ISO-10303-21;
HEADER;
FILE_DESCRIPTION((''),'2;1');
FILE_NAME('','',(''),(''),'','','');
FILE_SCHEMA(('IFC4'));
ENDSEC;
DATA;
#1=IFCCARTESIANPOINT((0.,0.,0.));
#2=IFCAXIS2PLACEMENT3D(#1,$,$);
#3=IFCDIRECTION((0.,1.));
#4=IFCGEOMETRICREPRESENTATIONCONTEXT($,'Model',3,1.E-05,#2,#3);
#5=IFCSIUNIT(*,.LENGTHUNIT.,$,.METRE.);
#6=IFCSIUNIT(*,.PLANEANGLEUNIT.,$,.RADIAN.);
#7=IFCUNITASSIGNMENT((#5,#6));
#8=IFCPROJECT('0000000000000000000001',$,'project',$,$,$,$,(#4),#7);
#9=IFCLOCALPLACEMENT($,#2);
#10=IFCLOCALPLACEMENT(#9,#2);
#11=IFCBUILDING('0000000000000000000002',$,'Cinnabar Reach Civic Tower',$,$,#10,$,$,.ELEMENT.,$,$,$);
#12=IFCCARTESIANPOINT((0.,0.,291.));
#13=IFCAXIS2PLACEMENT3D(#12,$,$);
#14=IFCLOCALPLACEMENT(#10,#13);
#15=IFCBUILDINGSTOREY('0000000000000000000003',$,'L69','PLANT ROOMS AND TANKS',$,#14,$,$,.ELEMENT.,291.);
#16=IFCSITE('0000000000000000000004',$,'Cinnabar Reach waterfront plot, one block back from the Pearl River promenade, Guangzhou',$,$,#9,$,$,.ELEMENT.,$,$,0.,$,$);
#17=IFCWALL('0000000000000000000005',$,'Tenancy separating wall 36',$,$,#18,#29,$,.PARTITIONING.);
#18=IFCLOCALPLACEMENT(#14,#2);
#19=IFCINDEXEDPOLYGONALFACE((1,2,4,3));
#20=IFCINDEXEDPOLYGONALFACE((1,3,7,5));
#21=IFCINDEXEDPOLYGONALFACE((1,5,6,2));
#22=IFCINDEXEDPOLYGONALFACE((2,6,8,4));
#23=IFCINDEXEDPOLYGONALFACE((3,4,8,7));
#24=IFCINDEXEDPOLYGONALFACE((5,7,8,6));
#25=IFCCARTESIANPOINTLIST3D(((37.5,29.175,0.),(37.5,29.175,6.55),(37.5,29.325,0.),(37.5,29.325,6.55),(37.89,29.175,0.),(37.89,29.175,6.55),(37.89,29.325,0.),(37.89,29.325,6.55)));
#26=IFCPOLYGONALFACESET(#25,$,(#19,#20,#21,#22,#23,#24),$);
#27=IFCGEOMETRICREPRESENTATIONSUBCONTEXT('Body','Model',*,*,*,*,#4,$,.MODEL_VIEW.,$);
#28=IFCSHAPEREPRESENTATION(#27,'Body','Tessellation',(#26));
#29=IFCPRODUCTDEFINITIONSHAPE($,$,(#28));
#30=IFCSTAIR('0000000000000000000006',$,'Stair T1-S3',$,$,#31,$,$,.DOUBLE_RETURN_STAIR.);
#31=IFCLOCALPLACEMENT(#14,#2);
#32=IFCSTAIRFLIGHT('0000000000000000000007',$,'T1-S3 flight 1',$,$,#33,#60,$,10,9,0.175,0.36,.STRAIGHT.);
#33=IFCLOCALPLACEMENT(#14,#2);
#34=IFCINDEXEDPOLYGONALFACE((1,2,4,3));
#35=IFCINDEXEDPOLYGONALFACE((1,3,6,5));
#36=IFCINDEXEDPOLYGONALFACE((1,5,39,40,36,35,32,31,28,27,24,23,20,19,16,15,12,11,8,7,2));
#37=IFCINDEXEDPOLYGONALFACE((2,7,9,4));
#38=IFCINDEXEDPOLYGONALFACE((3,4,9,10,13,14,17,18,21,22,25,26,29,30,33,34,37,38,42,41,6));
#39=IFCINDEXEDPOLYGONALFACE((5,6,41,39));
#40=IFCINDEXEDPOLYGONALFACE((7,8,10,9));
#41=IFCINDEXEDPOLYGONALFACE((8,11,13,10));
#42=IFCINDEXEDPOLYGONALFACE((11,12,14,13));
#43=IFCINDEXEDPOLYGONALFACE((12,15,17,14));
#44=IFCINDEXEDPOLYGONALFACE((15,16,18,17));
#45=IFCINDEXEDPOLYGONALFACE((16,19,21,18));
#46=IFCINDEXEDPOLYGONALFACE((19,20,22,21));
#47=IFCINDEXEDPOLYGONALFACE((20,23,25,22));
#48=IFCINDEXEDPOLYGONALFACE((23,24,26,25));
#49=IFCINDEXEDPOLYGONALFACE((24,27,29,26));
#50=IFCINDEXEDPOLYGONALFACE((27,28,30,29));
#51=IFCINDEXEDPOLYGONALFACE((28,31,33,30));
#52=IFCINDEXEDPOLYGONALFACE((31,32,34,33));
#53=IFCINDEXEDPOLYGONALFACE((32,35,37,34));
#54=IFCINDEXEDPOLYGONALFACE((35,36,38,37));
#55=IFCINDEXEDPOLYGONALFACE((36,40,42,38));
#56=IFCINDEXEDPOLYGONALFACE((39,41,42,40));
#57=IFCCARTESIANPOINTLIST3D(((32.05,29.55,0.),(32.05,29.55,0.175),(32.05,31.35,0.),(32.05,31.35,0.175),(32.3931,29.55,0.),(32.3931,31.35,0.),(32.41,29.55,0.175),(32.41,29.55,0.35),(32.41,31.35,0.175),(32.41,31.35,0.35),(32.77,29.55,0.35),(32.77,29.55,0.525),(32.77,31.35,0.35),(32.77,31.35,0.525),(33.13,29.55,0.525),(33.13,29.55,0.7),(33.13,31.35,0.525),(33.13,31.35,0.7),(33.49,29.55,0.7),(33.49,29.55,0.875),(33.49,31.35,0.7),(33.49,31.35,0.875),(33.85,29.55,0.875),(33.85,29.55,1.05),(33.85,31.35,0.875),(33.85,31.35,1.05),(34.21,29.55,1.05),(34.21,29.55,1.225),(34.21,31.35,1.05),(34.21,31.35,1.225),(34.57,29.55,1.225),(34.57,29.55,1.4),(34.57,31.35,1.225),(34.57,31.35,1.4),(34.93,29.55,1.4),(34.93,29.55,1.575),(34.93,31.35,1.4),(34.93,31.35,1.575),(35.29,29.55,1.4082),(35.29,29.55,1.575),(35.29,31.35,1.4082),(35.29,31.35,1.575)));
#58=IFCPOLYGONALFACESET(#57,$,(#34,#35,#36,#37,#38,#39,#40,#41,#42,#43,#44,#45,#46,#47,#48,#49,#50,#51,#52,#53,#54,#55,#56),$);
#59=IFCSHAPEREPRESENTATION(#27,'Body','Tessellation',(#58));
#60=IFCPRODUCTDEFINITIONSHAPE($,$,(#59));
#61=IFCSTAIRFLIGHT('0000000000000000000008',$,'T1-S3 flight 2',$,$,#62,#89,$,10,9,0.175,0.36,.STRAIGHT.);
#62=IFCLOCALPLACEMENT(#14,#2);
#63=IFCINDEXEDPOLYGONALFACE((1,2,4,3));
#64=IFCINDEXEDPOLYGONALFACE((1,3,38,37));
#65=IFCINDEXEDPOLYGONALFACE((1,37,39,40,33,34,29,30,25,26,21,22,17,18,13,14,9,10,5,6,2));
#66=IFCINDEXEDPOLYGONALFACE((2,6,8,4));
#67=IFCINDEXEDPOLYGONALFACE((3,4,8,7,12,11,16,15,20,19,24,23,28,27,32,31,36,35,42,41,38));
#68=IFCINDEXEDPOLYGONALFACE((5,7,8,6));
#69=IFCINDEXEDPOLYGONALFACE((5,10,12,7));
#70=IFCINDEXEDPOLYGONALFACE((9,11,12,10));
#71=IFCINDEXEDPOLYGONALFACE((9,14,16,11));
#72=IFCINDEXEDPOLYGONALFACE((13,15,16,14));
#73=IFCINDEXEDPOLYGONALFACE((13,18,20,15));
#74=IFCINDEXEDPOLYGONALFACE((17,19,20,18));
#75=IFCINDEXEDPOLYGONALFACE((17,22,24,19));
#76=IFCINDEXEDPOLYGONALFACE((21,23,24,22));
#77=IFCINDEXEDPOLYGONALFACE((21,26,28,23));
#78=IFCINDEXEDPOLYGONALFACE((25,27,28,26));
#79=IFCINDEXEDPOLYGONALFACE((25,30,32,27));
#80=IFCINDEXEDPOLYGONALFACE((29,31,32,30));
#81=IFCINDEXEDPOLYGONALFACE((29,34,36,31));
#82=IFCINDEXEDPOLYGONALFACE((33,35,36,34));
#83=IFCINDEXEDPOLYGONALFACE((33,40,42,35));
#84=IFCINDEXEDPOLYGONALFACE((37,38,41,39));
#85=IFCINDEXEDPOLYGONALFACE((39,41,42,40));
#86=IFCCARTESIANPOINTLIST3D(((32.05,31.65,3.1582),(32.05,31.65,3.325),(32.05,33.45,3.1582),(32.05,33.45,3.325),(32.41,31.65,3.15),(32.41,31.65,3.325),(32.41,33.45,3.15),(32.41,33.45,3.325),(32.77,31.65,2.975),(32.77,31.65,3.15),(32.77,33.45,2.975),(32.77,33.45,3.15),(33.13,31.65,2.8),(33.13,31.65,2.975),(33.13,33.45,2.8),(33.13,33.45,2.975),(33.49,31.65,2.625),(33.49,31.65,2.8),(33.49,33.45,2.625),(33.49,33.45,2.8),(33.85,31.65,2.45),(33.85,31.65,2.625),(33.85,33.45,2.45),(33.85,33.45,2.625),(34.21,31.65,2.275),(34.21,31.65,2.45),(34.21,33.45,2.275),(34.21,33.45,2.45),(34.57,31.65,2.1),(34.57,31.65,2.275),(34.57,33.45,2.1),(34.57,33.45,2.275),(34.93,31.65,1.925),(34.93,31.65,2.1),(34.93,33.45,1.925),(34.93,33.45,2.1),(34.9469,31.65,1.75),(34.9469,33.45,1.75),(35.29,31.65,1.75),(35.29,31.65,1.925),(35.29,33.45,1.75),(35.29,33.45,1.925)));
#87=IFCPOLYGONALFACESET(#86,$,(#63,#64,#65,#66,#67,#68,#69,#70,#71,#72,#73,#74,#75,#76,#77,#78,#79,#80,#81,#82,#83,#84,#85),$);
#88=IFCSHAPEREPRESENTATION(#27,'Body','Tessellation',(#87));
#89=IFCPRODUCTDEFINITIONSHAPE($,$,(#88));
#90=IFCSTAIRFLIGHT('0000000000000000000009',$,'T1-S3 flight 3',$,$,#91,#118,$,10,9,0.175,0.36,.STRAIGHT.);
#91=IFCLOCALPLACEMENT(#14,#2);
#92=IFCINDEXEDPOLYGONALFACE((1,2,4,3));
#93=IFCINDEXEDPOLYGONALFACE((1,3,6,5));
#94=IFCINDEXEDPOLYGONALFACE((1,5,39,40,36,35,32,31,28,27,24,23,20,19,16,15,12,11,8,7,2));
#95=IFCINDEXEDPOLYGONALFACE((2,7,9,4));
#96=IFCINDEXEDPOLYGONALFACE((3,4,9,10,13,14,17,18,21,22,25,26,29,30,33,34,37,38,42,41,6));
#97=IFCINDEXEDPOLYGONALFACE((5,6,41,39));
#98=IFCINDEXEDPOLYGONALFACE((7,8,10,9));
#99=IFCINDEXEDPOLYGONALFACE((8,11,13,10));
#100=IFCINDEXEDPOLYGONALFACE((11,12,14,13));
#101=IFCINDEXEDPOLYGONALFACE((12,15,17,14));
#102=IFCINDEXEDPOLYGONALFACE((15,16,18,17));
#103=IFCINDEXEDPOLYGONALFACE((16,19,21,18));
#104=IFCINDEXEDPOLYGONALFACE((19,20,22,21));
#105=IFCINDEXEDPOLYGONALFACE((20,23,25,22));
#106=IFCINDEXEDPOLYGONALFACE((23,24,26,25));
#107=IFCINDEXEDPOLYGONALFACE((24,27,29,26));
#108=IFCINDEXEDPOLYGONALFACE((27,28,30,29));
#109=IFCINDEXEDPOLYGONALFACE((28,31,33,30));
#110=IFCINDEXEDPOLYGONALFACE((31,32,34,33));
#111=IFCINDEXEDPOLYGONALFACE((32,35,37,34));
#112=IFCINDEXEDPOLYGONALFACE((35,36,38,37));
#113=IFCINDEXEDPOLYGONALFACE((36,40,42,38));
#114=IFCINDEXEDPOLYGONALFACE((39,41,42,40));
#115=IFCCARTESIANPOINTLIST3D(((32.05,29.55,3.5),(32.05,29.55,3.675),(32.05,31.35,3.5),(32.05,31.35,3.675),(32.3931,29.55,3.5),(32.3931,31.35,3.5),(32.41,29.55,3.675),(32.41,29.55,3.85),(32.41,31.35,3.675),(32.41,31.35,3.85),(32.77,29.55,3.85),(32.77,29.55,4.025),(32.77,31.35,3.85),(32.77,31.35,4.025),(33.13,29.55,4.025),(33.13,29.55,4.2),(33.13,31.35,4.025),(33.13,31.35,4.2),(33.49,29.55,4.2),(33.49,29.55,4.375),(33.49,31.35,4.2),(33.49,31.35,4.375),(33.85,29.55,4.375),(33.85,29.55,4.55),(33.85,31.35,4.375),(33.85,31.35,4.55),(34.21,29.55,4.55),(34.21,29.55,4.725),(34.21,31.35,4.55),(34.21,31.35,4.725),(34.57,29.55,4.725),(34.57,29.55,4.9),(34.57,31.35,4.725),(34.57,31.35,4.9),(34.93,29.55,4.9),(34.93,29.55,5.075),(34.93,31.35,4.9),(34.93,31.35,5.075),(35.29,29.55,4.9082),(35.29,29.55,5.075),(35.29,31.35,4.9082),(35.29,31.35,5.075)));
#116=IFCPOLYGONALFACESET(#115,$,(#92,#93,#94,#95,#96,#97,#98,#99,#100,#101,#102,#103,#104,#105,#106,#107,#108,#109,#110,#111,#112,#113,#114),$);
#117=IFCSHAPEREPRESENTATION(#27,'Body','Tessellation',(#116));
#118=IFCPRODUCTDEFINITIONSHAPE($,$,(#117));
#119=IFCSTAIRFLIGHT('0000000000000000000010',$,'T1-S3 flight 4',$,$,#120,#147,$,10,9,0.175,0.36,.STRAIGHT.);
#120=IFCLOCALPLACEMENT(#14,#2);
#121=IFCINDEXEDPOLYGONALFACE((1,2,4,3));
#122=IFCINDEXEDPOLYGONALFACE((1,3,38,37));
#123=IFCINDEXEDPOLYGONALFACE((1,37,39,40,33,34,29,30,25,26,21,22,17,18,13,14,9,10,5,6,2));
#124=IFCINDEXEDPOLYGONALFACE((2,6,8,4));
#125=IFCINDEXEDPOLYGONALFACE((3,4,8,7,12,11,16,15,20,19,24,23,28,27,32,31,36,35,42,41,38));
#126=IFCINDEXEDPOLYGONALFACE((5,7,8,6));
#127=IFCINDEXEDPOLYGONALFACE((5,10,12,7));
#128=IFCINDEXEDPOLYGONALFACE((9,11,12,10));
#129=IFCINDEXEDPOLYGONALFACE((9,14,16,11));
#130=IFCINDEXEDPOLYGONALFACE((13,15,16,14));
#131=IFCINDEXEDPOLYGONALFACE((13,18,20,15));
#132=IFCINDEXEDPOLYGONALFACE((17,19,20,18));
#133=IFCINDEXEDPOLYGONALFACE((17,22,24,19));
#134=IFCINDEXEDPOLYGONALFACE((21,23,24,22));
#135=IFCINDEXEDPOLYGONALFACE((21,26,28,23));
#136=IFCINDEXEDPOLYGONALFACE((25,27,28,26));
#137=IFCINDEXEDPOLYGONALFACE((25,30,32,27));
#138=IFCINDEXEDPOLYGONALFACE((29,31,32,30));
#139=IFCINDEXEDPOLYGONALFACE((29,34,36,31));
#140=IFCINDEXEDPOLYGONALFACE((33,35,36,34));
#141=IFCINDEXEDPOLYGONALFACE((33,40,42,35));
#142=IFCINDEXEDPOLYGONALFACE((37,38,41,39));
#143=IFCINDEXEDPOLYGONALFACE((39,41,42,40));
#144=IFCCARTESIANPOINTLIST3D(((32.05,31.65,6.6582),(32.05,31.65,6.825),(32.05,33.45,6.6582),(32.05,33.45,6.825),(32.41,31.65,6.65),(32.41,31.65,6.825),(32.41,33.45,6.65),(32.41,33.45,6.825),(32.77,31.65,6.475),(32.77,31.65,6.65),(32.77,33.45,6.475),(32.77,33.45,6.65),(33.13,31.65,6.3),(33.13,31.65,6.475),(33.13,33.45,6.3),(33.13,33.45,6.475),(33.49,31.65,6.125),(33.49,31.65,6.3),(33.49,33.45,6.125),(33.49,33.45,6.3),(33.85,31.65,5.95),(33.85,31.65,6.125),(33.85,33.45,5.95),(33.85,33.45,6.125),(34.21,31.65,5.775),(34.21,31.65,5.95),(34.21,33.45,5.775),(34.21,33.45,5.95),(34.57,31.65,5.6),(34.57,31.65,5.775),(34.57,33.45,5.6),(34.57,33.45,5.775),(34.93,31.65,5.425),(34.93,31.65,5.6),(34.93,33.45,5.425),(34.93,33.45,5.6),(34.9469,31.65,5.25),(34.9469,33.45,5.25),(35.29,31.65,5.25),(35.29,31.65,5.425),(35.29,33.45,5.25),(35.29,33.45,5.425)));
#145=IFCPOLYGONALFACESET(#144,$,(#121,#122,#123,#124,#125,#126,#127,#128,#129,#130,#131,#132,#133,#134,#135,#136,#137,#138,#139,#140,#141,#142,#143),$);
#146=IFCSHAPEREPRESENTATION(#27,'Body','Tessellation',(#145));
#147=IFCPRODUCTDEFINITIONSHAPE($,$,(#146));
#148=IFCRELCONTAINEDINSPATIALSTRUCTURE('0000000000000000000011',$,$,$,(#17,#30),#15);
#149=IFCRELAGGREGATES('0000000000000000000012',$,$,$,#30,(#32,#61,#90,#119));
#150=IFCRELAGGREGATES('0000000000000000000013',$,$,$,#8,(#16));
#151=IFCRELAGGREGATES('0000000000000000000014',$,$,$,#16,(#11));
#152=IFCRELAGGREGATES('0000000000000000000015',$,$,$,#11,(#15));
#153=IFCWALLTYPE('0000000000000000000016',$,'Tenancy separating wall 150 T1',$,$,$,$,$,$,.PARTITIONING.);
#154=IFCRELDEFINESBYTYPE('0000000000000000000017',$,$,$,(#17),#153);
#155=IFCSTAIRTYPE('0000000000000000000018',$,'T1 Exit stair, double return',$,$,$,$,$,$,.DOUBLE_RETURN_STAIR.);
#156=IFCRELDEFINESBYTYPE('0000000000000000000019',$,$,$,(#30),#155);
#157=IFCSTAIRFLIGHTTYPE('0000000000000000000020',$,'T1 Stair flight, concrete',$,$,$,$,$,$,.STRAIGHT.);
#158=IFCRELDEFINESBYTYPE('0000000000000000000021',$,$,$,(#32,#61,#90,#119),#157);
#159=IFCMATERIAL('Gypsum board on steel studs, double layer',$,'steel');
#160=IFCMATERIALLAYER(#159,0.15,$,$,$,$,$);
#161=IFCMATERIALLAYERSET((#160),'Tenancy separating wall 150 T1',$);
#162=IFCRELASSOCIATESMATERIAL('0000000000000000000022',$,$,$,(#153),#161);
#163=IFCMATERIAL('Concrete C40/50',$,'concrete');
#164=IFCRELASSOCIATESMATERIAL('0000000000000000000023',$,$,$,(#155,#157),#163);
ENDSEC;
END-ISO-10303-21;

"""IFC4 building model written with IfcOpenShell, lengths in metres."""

from ifc_helpers import new_model, si_unit, direction, frame, frame_2d, origin, place, context, subcontext, project, spatial, polyline, rectangle, outline, extrude, material, layer, layer_set, type_object, element, aggregate, save


model = new_model("IFC4")

# Units and contexts
model_context = context("Model", 3, precision=1e-05, world=origin(), true_north=direction((0.0, 1.0)))
body_context = subcontext(model_context, "Body", "Model", "MODEL_VIEW")
ifc_project = project(units=[si_unit("LENGTHUNIT", "METRE"), si_unit("PLANEANGLEUNIT", "RADIAN")], contexts=[model_context])

# Site, building, storey
site_placement = place(None, origin())
site = spatial("IfcSite", under=ifc_project, at=site_placement, Name="Cinnabar Reach waterfront plot, one block back from the Pearl River promenade, Guangzhou", CompositionType="ELEMENT", RefElevation=0.0)
building_placement = place(site_placement, origin())
building = spatial("IfcBuilding", under=site, at=building_placement, Name="Cinnabar Reach Civic Tower", CompositionType="ELEMENT")
storey_placement = place(building_placement, frame((0.0, 0.0, 291.0)))
storey = spatial("IfcBuildingStorey", under=building, at=storey_placement, Name="L69", Description="PLANT ROOMS AND TANKS", CompositionType="ELEMENT", Elevation=291.0)

# Shared definitions
ifc_material_1 = material(Name="Gypsum board on steel studs, double layer", Category="steel")

# Wall
ifc_layer_1 = layer(ifc_material_1, 0.15)
ifc_layer_set_1 = layer_set([ifc_layer_1], Name="Tenancy separating wall 150 T1")
wall_type_1 = type_object("IfcWallType", Name="Tenancy separating wall 150 T1", PredefinedType="PARTITIONING", material=ifc_layer_set_1)
wall_1_placement = place(storey_placement, frame((37.5, 29.25, 0.0), z_axis=(0.0, 0.0, 1.0), x_axis=(1.0, 0.0, 0.0)))
element("IfcWall", 1, at=wall_1_placement, inside=storey, type_object=wall_type_1, Name="Tenancy separating wall 36", PredefinedType="PARTITIONING", context=body_context, shape_type="SweptSolid", body=[
    extrude(rectangle(XDim=0.39, YDim=0.15, at=frame_2d((0.195, 0.0))), origin(), (0.0, 0.0, 1.0), 6.55),
])

# Stair, stair flights
ifc_material_2 = material(Name="Concrete C40/50", Category="concrete")
stair_type = type_object("IfcStairType", Name="T1 Exit stair, double return", PredefinedType="DOUBLE_RETURN_STAIR", material=ifc_material_2)
stair_placement = place(storey_placement, origin())
stair = element("IfcStair", 2, at=stair_placement, inside=storey, type_object=stair_type, Name="Stair T1-S3", PredefinedType="DOUBLE_RETURN_STAIR")
stair_flight_type = type_object("IfcStairFlightType", Name="T1 Stair flight, concrete", PredefinedType="STRAIGHT", material=ifc_material_2)
stair_flight_1_placement = place(storey_placement, frame((32.05, 30.45, 0.0), z_axis=(0.0, 0.0, 1.0), x_axis=(1.0, 0.0, 0.0)))
stair_flight_1 = element("IfcStairFlight", 3, at=stair_flight_1_placement, type_object=stair_flight_type, Name="T1-S3 flight 1", NumberOfRisers=10, NumberOfTreads=9, PredefinedType="STRAIGHT", RiserHeight=0.175, TreadLength=0.36, context=body_context, shape_type="SweptSolid", body=[
    extrude(outline(polyline([(0.0, 0.0), (0.0, 0.175), (0.36, 0.175), (0.36, 0.35), (0.72, 0.35), (0.72, 0.525), (1.08, 0.525), (1.08, 0.7), (1.44, 0.7), (1.44, 0.875), (1.8, 0.875), (1.8, 1.05), (2.16, 1.05), (2.16, 1.225), (2.52, 1.225), (2.52, 1.4), (2.88, 1.4), (2.88, 1.575), (3.24, 1.575), (3.24, 1.75), (3.24, 1.4082), (0.3431, 0.0), (0.0, 0.0)])), frame((0.0, 0.9, 0.0), z_axis=(0.0, -1.0, 0.0), x_axis=(1.0, 0.0, 0.0)), (0.0, 0.0, 1.0), 1.8),
])
stair_flight_2_placement = place(storey_placement, frame((35.29, 32.55, 1.75), z_axis=(0.0, 0.0, 1.0), x_axis=(-1.0, 0.0, 0.0)))
stair_flight_2 = element("IfcStairFlight", 4, at=stair_flight_2_placement, type_object=stair_flight_type, Name="T1-S3 flight 2", NumberOfRisers=10, NumberOfTreads=9, PredefinedType="STRAIGHT", RiserHeight=0.175, TreadLength=0.36, context=body_context, shape_type="SweptSolid", body=[
    extrude(outline(polyline([(0.0, 0.0), (0.0, 0.175), (0.36, 0.175), (0.36, 0.35), (0.72, 0.35), (0.72, 0.525), (1.08, 0.525), (1.08, 0.7), (1.44, 0.7), (1.44, 0.875), (1.8, 0.875), (1.8, 1.05), (2.16, 1.05), (2.16, 1.225), (2.52, 1.225), (2.52, 1.4), (2.88, 1.4), (2.88, 1.575), (3.24, 1.575), (3.24, 1.75), (3.24, 1.4082), (0.3431, 0.0), (0.0, 0.0)])), frame((0.0, 0.9, 0.0), z_axis=(0.0, -1.0, 0.0), x_axis=(1.0, 0.0, 0.0)), (0.0, 0.0, 1.0), 1.8),
])
stair_flight_3_placement = place(storey_placement, frame((32.05, 30.45, 3.5), z_axis=(0.0, 0.0, 1.0), x_axis=(1.0, 0.0, 0.0)))
stair_flight_3 = element("IfcStairFlight", 5, at=stair_flight_3_placement, type_object=stair_flight_type, Name="T1-S3 flight 3", NumberOfRisers=10, NumberOfTreads=9, PredefinedType="STRAIGHT", RiserHeight=0.175, TreadLength=0.36, context=body_context, shape_type="SweptSolid", body=[
    extrude(outline(polyline([(0.0, 0.0), (0.0, 0.175), (0.36, 0.175), (0.36, 0.35), (0.72, 0.35), (0.72, 0.525), (1.08, 0.525), (1.08, 0.7), (1.44, 0.7), (1.44, 0.875), (1.8, 0.875), (1.8, 1.05), (2.16, 1.05), (2.16, 1.225), (2.52, 1.225), (2.52, 1.4), (2.88, 1.4), (2.88, 1.575), (3.24, 1.575), (3.24, 1.75), (3.24, 1.4082), (0.3431, 0.0), (0.0, 0.0)])), frame((0.0, 0.9, 0.0), z_axis=(0.0, -1.0, 0.0), x_axis=(1.0, 0.0, 0.0)), (0.0, 0.0, 1.0), 1.8),
])
stair_flight_4_placement = place(storey_placement, frame((35.29, 32.55, 5.25), z_axis=(0.0, 0.0, 1.0), x_axis=(-1.0, 0.0, 0.0)))
stair_flight_4 = element("IfcStairFlight", 6, at=stair_flight_4_placement, type_object=stair_flight_type, Name="T1-S3 flight 4", NumberOfRisers=10, NumberOfTreads=9, PredefinedType="STRAIGHT", RiserHeight=0.175, TreadLength=0.36, context=body_context, shape_type="SweptSolid", body=[
    extrude(outline(polyline([(0.0, 0.0), (0.0, 0.175), (0.36, 0.175), (0.36, 0.35), (0.72, 0.35), (0.72, 0.525), (1.08, 0.525), (1.08, 0.7), (1.44, 0.7), (1.44, 0.875), (1.8, 0.875), (1.8, 1.05), (2.16, 1.05), (2.16, 1.225), (2.52, 1.225), (2.52, 1.4), (2.88, 1.4), (2.88, 1.575), (3.24, 1.575), (3.24, 1.75), (3.24, 1.4082), (0.3431, 0.0), (0.0, 0.0)])), frame((0.0, 0.9, 0.0), z_axis=(0.0, -1.0, 0.0), x_axis=(1.0, 0.0, 0.0)), (0.0, 0.0, 1.0), 1.8),
])
aggregate(stair, [stair_flight_1, stair_flight_2, stair_flight_3, stair_flight_4])

save(model, "model.ifc")
